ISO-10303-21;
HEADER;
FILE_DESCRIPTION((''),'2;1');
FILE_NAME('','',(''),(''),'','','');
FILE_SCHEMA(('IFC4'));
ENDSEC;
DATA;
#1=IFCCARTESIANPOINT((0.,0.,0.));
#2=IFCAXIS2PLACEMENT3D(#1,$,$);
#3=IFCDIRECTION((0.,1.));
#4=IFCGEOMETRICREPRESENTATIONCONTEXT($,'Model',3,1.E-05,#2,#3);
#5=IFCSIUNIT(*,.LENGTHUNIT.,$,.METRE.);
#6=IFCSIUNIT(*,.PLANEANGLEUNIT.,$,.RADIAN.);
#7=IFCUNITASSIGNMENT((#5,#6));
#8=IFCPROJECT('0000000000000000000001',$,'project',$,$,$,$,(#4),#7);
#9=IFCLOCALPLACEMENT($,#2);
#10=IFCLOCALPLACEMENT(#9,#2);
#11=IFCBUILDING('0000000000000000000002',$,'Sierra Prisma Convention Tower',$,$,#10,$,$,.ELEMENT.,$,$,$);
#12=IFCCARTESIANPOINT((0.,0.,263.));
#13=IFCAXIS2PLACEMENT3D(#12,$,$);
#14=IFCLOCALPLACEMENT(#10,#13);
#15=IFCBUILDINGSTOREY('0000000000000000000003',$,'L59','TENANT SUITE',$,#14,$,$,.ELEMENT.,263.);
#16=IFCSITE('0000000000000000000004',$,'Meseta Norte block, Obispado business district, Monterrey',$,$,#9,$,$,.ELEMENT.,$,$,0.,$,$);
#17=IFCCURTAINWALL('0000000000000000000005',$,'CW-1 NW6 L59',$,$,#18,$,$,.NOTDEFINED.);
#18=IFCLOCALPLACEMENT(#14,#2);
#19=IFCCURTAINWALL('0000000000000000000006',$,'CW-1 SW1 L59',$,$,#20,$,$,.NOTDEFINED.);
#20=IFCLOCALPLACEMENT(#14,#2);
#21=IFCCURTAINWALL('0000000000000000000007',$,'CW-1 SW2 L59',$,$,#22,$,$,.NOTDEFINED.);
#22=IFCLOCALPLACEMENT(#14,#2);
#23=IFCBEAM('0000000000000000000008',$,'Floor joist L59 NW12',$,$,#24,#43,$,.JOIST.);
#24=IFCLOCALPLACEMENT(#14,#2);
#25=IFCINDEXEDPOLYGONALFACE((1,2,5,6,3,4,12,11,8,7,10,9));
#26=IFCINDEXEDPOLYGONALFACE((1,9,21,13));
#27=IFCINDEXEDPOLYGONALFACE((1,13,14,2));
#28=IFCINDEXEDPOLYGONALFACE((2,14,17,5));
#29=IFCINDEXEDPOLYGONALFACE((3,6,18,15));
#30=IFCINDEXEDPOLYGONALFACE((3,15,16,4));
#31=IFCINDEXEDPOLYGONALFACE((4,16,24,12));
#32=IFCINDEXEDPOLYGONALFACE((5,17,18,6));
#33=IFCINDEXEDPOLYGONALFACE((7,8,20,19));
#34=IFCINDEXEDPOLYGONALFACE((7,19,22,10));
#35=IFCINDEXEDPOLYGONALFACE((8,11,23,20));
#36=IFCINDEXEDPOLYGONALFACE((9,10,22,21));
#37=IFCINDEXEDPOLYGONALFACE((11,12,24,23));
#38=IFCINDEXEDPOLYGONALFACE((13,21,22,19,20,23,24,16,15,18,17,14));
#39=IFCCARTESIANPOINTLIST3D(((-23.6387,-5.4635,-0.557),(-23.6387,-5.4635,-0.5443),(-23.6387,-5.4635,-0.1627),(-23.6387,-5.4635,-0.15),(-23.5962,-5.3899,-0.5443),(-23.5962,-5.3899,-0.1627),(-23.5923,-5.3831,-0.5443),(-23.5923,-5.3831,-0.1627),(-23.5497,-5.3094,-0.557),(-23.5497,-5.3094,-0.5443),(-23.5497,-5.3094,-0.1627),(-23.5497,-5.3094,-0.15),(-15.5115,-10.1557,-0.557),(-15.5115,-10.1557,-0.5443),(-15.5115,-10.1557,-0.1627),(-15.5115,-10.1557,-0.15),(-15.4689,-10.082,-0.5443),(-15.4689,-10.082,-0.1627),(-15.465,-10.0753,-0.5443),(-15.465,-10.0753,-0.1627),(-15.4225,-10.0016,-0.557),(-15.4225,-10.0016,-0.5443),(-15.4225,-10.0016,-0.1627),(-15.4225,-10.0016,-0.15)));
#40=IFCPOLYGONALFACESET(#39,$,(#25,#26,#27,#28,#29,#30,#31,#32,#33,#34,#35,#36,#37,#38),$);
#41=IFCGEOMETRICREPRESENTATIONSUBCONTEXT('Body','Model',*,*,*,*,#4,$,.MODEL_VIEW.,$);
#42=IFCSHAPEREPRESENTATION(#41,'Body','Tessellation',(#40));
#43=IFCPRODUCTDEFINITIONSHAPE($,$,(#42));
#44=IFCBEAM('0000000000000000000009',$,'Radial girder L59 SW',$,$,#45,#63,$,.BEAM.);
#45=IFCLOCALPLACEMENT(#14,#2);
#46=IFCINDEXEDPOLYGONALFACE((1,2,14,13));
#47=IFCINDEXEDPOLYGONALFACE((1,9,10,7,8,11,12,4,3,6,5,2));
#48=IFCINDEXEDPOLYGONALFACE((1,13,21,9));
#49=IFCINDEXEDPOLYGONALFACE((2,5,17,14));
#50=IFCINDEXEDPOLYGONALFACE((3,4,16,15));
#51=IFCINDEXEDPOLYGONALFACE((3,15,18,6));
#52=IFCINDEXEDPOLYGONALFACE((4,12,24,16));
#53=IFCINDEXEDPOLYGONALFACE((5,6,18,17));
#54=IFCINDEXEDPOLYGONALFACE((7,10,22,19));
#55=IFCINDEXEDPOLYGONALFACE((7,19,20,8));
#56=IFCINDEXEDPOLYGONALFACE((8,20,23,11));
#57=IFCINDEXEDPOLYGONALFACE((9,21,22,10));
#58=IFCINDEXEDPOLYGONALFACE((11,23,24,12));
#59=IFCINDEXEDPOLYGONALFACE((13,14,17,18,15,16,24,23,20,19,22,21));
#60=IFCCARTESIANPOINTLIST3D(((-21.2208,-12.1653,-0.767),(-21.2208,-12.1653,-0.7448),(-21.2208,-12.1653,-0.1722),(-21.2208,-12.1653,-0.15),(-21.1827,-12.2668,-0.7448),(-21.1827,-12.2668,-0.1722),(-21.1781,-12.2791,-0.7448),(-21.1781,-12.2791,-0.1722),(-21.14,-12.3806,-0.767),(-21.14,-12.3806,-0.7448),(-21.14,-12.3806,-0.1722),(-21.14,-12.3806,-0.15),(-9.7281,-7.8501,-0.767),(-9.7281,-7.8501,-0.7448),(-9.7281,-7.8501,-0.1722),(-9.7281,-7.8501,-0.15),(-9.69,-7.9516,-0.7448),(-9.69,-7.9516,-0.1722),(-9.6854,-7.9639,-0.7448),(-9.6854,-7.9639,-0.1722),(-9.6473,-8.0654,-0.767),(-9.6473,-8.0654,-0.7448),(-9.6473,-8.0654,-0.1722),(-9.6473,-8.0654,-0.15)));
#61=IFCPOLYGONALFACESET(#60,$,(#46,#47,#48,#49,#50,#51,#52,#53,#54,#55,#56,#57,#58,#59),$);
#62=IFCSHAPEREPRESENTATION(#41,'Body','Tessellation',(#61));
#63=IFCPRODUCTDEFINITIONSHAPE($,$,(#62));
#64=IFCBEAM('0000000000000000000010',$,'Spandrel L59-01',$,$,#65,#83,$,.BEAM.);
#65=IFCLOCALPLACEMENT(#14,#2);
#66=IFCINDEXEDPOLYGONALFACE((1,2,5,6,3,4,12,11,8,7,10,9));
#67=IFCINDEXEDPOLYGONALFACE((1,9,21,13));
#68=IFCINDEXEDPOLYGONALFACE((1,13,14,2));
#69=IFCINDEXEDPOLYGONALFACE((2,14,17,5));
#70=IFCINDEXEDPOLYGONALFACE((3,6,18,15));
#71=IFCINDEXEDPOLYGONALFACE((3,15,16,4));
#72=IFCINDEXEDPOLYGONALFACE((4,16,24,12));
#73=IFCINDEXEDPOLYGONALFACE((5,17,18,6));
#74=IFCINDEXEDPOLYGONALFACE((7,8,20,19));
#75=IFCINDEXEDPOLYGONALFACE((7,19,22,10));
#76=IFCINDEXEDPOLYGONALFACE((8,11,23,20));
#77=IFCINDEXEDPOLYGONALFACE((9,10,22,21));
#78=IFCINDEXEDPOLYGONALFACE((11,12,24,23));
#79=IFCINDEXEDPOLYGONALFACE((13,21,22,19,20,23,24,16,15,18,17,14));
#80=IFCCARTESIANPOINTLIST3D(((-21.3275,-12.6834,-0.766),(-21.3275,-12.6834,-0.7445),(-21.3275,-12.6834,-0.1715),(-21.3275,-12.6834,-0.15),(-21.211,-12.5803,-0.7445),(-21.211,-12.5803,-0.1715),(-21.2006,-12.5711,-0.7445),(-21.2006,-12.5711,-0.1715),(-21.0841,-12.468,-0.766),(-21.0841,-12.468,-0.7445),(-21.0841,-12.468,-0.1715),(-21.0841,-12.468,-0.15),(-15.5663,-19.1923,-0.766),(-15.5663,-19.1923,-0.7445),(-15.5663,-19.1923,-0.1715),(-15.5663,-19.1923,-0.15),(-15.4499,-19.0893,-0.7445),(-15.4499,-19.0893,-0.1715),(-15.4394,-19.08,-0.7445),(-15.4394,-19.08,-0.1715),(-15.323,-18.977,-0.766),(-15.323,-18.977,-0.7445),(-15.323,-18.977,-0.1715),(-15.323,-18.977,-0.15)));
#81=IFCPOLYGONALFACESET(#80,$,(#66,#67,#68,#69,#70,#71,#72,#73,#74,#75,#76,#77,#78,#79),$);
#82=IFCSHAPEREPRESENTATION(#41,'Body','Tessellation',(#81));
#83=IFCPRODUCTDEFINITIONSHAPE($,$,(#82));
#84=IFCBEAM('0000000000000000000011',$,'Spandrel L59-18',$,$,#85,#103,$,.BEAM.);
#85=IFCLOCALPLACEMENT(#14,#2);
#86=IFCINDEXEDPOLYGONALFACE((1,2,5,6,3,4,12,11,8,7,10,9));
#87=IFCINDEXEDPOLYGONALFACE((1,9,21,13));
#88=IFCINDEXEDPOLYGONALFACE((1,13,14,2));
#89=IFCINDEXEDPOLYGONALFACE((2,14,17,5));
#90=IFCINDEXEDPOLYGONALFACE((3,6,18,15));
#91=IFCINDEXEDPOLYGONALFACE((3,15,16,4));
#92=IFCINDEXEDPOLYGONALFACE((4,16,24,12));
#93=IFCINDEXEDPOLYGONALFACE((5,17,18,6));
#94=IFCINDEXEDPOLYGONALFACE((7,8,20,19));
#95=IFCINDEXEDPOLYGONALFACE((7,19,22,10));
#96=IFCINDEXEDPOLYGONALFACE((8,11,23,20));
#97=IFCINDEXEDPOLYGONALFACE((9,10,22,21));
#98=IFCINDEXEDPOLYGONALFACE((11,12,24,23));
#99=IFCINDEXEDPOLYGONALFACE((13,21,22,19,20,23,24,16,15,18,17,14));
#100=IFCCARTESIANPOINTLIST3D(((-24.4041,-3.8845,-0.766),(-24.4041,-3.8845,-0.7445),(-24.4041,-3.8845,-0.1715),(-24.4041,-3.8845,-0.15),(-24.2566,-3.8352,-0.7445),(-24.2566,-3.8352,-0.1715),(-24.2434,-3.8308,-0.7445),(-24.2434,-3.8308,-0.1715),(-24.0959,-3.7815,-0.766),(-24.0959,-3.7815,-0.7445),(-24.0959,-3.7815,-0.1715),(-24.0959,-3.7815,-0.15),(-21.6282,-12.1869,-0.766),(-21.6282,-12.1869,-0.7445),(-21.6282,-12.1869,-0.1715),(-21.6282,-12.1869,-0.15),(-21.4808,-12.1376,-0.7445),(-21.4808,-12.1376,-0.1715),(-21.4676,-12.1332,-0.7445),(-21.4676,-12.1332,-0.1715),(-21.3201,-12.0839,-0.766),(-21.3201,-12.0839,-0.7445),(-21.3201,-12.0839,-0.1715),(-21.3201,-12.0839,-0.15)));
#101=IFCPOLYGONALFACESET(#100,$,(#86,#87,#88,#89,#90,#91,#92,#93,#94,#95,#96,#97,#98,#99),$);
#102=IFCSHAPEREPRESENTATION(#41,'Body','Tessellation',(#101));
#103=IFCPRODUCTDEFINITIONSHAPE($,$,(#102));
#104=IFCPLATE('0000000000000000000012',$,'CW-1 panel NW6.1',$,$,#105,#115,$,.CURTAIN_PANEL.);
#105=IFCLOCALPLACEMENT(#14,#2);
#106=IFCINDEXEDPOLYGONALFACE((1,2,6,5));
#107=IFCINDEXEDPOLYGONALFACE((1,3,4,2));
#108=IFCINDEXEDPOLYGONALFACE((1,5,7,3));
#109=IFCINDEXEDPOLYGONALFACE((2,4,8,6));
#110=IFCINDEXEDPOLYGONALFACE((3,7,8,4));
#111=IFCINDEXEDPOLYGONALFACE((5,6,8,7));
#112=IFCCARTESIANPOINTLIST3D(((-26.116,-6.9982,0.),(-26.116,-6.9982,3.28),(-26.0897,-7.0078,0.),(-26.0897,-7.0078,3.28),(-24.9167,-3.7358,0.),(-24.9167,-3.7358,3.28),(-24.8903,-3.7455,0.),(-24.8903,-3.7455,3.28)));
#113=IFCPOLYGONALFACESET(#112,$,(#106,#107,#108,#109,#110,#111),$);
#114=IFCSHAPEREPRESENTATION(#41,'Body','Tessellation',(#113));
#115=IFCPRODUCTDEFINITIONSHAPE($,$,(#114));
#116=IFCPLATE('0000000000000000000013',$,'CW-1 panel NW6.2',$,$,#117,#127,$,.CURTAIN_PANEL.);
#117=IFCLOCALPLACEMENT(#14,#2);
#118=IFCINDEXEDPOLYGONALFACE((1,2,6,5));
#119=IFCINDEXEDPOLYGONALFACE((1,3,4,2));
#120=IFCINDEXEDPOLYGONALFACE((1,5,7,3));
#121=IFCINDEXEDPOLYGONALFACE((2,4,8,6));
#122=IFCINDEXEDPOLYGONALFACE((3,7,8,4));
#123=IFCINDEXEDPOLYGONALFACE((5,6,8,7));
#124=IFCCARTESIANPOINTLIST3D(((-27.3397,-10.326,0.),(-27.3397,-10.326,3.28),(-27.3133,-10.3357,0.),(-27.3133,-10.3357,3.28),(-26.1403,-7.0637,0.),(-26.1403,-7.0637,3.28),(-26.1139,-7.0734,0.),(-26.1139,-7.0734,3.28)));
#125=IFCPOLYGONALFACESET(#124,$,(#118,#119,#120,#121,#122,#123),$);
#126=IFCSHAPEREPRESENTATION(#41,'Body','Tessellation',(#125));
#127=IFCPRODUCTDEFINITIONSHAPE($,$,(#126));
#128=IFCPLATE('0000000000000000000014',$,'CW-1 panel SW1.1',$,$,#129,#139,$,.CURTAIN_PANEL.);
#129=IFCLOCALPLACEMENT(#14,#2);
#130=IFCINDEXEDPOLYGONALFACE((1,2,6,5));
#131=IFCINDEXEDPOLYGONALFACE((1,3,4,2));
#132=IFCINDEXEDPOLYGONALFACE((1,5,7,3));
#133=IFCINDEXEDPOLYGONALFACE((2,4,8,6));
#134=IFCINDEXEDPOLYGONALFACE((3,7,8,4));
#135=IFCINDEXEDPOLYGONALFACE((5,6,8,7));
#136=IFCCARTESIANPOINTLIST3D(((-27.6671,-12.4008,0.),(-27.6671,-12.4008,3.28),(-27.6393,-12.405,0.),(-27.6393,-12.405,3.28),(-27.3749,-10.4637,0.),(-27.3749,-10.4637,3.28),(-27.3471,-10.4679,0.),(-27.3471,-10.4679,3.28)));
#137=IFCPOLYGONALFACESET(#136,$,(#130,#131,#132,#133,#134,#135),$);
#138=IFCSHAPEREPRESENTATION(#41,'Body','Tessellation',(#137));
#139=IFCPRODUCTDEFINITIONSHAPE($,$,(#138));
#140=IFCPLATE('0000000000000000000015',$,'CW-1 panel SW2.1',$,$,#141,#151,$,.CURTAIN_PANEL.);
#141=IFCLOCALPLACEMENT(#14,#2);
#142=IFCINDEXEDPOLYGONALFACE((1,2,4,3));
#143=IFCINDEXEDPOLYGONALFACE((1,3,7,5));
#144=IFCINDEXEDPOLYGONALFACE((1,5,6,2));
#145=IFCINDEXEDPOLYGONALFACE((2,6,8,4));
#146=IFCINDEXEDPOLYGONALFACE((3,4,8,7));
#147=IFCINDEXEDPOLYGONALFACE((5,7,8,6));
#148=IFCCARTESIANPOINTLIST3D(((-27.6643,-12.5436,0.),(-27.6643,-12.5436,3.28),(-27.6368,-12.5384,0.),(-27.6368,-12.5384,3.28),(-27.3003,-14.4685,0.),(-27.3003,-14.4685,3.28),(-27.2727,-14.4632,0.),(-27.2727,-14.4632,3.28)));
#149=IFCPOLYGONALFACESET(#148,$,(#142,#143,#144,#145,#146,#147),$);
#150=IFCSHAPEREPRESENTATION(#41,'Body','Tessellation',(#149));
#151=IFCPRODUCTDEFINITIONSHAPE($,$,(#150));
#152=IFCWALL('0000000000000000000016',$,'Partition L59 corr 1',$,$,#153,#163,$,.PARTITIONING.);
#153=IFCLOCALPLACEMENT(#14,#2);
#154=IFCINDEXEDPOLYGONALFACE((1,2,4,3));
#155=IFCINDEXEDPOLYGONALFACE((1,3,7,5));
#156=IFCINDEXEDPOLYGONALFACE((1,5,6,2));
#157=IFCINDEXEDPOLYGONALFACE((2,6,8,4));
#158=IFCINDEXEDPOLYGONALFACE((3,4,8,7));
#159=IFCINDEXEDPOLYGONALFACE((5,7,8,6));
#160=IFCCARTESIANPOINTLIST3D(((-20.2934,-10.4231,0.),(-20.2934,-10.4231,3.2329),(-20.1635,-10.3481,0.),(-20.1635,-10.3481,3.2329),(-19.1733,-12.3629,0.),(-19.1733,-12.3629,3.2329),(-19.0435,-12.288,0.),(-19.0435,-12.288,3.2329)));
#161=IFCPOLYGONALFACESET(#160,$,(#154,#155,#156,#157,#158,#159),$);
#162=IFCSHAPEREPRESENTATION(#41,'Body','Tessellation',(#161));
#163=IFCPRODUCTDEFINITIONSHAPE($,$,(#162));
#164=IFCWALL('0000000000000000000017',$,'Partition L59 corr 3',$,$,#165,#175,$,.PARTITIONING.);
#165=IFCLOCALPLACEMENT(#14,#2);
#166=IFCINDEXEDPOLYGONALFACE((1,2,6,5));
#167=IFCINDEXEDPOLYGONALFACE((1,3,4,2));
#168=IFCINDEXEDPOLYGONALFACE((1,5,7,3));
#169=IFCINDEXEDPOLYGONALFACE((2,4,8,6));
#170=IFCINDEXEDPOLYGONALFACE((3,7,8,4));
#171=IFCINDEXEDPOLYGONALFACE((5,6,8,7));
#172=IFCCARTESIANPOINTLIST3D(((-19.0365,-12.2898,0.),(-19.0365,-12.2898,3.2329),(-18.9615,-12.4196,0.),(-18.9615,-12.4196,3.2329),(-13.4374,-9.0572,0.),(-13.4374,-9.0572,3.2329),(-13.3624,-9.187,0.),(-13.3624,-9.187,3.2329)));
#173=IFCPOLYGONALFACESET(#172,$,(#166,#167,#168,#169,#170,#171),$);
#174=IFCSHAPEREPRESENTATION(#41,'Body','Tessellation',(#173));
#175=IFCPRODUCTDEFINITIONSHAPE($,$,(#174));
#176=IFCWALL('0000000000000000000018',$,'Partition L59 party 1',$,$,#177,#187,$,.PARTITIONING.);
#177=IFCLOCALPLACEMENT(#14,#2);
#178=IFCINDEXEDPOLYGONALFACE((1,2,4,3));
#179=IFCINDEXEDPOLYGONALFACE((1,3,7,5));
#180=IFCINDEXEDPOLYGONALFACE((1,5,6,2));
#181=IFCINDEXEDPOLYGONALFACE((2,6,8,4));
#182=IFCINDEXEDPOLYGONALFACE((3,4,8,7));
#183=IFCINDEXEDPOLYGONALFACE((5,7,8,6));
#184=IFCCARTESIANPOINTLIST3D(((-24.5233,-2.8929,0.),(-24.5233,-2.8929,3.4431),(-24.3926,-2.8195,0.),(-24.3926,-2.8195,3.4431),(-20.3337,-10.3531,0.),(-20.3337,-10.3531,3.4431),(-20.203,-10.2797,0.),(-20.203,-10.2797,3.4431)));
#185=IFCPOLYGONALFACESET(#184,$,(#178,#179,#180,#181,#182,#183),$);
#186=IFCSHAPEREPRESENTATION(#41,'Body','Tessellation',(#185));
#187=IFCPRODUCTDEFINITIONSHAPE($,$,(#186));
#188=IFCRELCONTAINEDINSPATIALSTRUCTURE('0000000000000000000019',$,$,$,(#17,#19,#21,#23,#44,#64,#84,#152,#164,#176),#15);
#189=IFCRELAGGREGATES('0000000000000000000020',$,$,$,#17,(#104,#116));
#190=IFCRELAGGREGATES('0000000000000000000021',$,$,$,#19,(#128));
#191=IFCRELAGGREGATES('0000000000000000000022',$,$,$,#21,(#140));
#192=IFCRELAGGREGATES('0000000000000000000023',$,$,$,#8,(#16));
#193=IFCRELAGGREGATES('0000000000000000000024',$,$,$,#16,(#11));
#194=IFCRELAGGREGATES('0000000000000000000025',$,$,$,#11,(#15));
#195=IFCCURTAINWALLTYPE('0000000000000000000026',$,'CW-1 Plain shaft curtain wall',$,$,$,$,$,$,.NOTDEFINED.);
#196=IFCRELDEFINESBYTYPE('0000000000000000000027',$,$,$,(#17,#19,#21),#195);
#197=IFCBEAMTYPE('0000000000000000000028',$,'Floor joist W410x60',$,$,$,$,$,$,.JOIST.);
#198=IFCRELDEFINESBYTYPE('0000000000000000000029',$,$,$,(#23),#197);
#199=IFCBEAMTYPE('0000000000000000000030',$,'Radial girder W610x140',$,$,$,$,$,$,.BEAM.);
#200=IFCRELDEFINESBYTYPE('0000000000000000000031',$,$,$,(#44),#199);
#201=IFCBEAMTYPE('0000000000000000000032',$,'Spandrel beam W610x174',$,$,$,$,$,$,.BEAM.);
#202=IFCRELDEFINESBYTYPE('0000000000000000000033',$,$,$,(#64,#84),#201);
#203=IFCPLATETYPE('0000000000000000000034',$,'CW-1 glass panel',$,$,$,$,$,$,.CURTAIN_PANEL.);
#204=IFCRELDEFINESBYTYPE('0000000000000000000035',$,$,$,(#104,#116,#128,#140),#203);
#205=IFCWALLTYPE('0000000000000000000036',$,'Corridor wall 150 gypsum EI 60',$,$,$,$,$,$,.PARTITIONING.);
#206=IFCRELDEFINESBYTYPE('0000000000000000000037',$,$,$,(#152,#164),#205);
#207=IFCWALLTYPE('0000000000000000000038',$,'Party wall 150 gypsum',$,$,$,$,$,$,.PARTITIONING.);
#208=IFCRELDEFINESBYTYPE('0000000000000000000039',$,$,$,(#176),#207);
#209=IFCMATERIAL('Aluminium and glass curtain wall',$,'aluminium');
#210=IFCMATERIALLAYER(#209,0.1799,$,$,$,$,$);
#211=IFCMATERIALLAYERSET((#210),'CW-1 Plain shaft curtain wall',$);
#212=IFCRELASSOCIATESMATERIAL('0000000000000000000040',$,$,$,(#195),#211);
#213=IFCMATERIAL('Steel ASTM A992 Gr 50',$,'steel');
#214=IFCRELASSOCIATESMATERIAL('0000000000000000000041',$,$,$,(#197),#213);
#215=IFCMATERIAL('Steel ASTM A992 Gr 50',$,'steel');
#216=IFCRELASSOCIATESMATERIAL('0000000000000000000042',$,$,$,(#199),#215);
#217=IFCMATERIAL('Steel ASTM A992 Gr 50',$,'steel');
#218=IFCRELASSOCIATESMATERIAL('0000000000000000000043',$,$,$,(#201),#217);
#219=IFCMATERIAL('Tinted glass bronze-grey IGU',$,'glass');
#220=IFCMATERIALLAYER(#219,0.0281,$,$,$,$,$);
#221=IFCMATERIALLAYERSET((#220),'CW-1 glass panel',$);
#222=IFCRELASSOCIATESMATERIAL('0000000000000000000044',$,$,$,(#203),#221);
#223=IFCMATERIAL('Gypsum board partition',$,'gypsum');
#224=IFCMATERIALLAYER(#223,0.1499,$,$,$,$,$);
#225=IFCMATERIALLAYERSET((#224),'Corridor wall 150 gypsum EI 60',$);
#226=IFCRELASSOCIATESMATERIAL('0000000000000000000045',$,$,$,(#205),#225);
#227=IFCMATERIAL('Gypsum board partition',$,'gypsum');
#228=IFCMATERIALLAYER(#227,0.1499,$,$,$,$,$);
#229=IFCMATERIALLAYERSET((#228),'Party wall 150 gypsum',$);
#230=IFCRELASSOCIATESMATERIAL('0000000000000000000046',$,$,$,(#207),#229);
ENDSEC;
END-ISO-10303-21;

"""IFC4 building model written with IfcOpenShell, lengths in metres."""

from ifc_helpers import new_model, si_unit, direction, frame, frame_2d, origin, origin_2d, place, context, subcontext, project, spatial, rectangle, i_section, extrude, material, layer, layer_set, material_profile, profile_set, type_object, element, aggregate, save


model = new_model("IFC4")

# Units and contexts
model_context = context("Model", 3, precision=1e-05, world=origin(), true_north=direction((0.0, 1.0)))
body_context = subcontext(model_context, "Body", "Model", "MODEL_VIEW")
ifc_project = project(units=[si_unit("LENGTHUNIT", "METRE"), si_unit("PLANEANGLEUNIT", "RADIAN")], contexts=[model_context])

# Site, building, storey
site_placement = place(None, origin())
site = spatial("IfcSite", under=ifc_project, at=site_placement, Name="Meseta Norte block, Obispado business district, Monterrey", CompositionType="ELEMENT", RefElevation=0.0)
building_placement = place(site_placement, origin())
building = spatial("IfcBuilding", under=site, at=building_placement, Name="Sierra Prisma Convention Tower", CompositionType="ELEMENT")
storey_placement = place(building_placement, frame((0.0, 0.0, 263.0)))
storey = spatial("IfcBuildingStorey", under=building, at=storey_placement, Name="L59", Description="TENANT SUITE", CompositionType="ELEMENT", Elevation=263.0)

# Curtain walls
ifc_material_1 = material(Name="Aluminium and glass curtain wall", Category="aluminium")
ifc_layer_1 = layer(ifc_material_1, 0.1799)
ifc_layer_set_1 = layer_set([ifc_layer_1], Name="CW-1 Plain shaft curtain wall")
curtain_wall_type = type_object("IfcCurtainWallType", Name="CW-1 Plain shaft curtain wall", PredefinedType="NOTDEFINED", material=ifc_layer_set_1)
curtain_wall_1_placement = place(storey_placement, origin())
curtain_wall_1 = element("IfcCurtainWall", 1, at=curtain_wall_1_placement, inside=storey, type_object=curtain_wall_type, Name="CW-1 NW6 L59", PredefinedType="NOTDEFINED")
curtain_wall_2_placement = place(storey_placement, origin())
curtain_wall_2 = element("IfcCurtainWall", 2, at=curtain_wall_2_placement, inside=storey, type_object=curtain_wall_type, Name="CW-1 SW1 L59", PredefinedType="NOTDEFINED")
curtain_wall_3_placement = place(storey_placement, origin())
curtain_wall_3 = element("IfcCurtainWall", 3, at=curtain_wall_3_placement, inside=storey, type_object=curtain_wall_type, Name="CW-1 SW2 L59", PredefinedType="NOTDEFINED")

# Beams
ifc_material_2 = material(Name="Steel ASTM A992 Gr 50", Category="steel")
ifc_material_profile_1 = material_profile(ifc_material_2, i_section(OverallWidth=0.178, OverallDepth=0.407, WebThickness=0.0078, FlangeThickness=0.0127, at=origin_2d()), Name="W410x60")
ifc_profile_set_1 = profile_set([ifc_material_profile_1], Name="Steel ASTM A992 Gr 50")
beam_type_1 = type_object("IfcBeamType", Name="Floor joist W410x60", PredefinedType="JOIST", material=ifc_profile_set_1)
beam_1_placement = place(storey_placement, frame((-23.5942, -5.3865, -0.3535), z_axis=(0.86603, -0.499992, 0.0), x_axis=(0.499992, 0.86603, 0.0)))
element("IfcBeam", 4, at=beam_1_placement, inside=storey, type_object=beam_type_1, Name="Floor joist L59 NW12", PredefinedType="JOIST", context=body_context, shape_type="SweptSolid", body=[
    extrude(i_section(OverallWidth=0.178, OverallDepth=0.407, WebThickness=0.0078, FlangeThickness=0.0127, at=origin_2d()), origin(), (0.0, 0.0, 1.0), 9.3845),
])
ifc_material_3 = material(Name="Steel ASTM A992 Gr 50", Category="steel")
ifc_material_profile_2 = material_profile(ifc_material_3, i_section(OverallWidth=0.23, OverallDepth=0.6169, WebThickness=0.0132, FlangeThickness=0.0222, at=origin_2d()), Name="W610x140")
ifc_profile_set_2 = profile_set([ifc_material_profile_2], Name="Steel ASTM A992 Gr 50")
beam_type_2 = type_object("IfcBeamType", Name="Radial girder W610x140", PredefinedType="BEAM", material=ifc_profile_set_2)
beam_2_placement = place(storey_placement, frame((-21.1804, -12.2729, -0.4585), z_axis=(0.936184, 0.351511, 0.0), x_axis=(-0.351511, 0.936184, 0.0)))
element("IfcBeam", 5, at=beam_2_placement, inside=storey, type_object=beam_type_2, Name="Radial girder L59 SW", PredefinedType="BEAM", context=body_context, shape_type="SweptSolid", body=[
    extrude(i_section(OverallWidth=0.23, OverallDepth=0.6169, WebThickness=0.0132, FlangeThickness=0.0222, at=origin_2d()), origin(), (0.0, 0.0, 1.0), 12.2761),
])
ifc_material_4 = material(Name="Steel ASTM A992 Gr 50", Category="steel")
ifc_material_profile_3 = material_profile(ifc_material_4, i_section(OverallWidth=0.325, OverallDepth=0.616, WebThickness=0.0139, FlangeThickness=0.0215, at=origin_2d()), Name="W610x174")
ifc_profile_set_3 = profile_set([ifc_material_profile_3], Name="Steel ASTM A992 Gr 50")
beam_type_3 = type_object("IfcBeamType", Name="Spandrel beam W610x174", PredefinedType="BEAM", material=ifc_profile_set_3)
beam_3_placement = place(storey_placement, frame((-21.2058, -12.5757, -0.458), z_axis=(0.662783, -0.748812, 0.0), x_axis=(0.748812, 0.662783, 0.0)))
element("IfcBeam", 6, at=beam_3_placement, inside=storey, type_object=beam_type_3, Name="Spandrel L59-01", PredefinedType="BEAM", context=body_context, shape_type="SweptSolid", body=[
    extrude(i_section(OverallWidth=0.325, OverallDepth=0.616, WebThickness=0.0139, FlangeThickness=0.0215, at=origin_2d()), origin(), (0.0, 0.0, 1.0), 8.6924),
])
beam_4_placement = place(storey_placement, frame((-24.25, -3.833, -0.458), z_axis=(0.317089, -0.948396, 0.0), x_axis=(0.948396, 0.317089, 0.0)))
element("IfcBeam", 7, at=beam_4_placement, inside=storey, type_object=beam_type_3, Name="Spandrel L59-18", PredefinedType="BEAM", context=body_context, shape_type="SweptSolid", body=[
    extrude(i_section(OverallWidth=0.325, OverallDepth=0.616, WebThickness=0.0139, FlangeThickness=0.0215, at=origin_2d()), origin(), (0.0, 0.0, 1.0), 8.7542),
])

# Plates
ifc_material_5 = material(Name="Tinted glass bronze-grey IGU", Category="glass")
ifc_layer_2 = layer(ifc_material_5, 0.0281)
ifc_layer_set_2 = layer_set([ifc_layer_2], Name="CW-1 glass panel")
plate_type = type_object("IfcPlateType", Name="CW-1 glass panel", PredefinedType="CURTAIN_PANEL", material=ifc_layer_set_2)
plate_1_placement = place(storey_placement, frame((-25.5032, -5.3718, 0.0), z_axis=(0.0, 0.0, 1.0), x_axis=(-0.345059, -0.938581, 0.0)))
plate_1 = element("IfcPlate", 8, at=plate_1_placement, type_object=plate_type, Name="CW-1 panel NW6.1", PredefinedType="CURTAIN_PANEL", context=body_context, shape_type="SweptSolid", body=[
    extrude(rectangle(XDim=3.4758, YDim=0.0281, at=origin_2d()), origin(), (0.0, 0.0, 1.0), 3.28),
])
plate_2_placement = place(storey_placement, frame((-26.7268, -8.6997, 0.0), z_axis=(0.0, 0.0, 1.0), x_axis=(-0.345059, -0.938581, 0.0)))
plate_2 = element("IfcPlate", 9, at=plate_2_placement, type_object=plate_type, Name="CW-1 panel NW6.2", PredefinedType="CURTAIN_PANEL", context=body_context, shape_type="SweptSolid", body=[
    extrude(rectangle(XDim=3.4758, YDim=0.0281, at=origin_2d()), origin(), (0.0, 0.0, 1.0), 3.28),
])
aggregate(curtain_wall_1, [plate_1, plate_2])
plate_3_placement = place(storey_placement, frame((-27.5071, -11.4343, 0.0), z_axis=(0.0, 0.0, 1.0), x_axis=(-0.149155, -0.988814, 0.0)))
plate_3 = element("IfcPlate", 10, at=plate_3_placement, type_object=plate_type, Name="CW-1 panel SW1.1", PredefinedType="CURTAIN_PANEL", context=body_context, shape_type="SweptSolid", body=[
    extrude(rectangle(XDim=1.959, YDim=0.0281, at=origin_2d()), origin(), (0.0, 0.0, 1.0), 3.28),
])
aggregate(curtain_wall_2, [plate_3])
plate_4_placement = place(storey_placement, frame((-27.4685, -13.5034, 0.0), z_axis=(0.0, 0.0, 1.0), x_axis=(0.185856, -0.982577, 0.0)))
plate_4 = element("IfcPlate", 11, at=plate_4_placement, type_object=plate_type, Name="CW-1 panel SW2.1", PredefinedType="CURTAIN_PANEL", context=body_context, shape_type="SweptSolid", body=[
    extrude(rectangle(XDim=1.959, YDim=0.0281, at=origin_2d()), origin(), (0.0, 0.0, 1.0), 3.28),
])
aggregate(curtain_wall_3, [plate_4])

# Walls
ifc_material_6 = material(Name="Gypsum board partition", Category="gypsum")
ifc_layer_3 = layer(ifc_material_6, 0.1499)
ifc_layer_set_3 = layer_set([ifc_layer_3], Name="Corridor wall 150 gypsum EI 60")
wall_type_1 = type_object("IfcWallType", Name="Corridor wall 150 gypsum EI 60", PredefinedType="PARTITIONING", material=ifc_layer_set_3)
wall_1_placement = place(storey_placement, frame((-20.2285, -10.3855, 0.0), z_axis=(0.0, 0.0, 1.0), x_axis=(0.500031, -0.866008, 0.0)))
element("IfcWall", 12, at=wall_1_placement, inside=storey, type_object=wall_type_1, Name="Partition L59 corr 1", PredefinedType="PARTITIONING", context=body_context, shape_type="SweptSolid", body=[
    extrude(rectangle(XDim=2.24, YDim=0.1499, at=frame_2d((1.1201, 0.0))), origin(), (0.0, 0.0, 1.0), 3.2329),
])
wall_2_placement = place(storey_placement, frame((-18.999, -12.3547, 0.0), z_axis=(0.0, 0.0, 1.0), x_axis=(0.866025, 0.500001, 0.0)))
element("IfcWall", 13, at=wall_2_placement, inside=storey, type_object=wall_type_1, Name="Partition L59 corr 3", PredefinedType="PARTITIONING", context=body_context, shape_type="SweptSolid", body=[
    extrude(rectangle(XDim=6.4653, YDim=0.1499, at=frame_2d((3.2327, 0.0))), origin(), (0.0, 0.0, 1.0), 3.2329),
])
ifc_material_7 = material(Name="Gypsum board partition", Category="gypsum")
ifc_layer_4 = layer(ifc_material_7, 0.1499)
ifc_layer_set_4 = layer_set([ifc_layer_4], Name="Party wall 150 gypsum")
wall_type_2 = type_object("IfcWallType", Name="Party wall 150 gypsum", PredefinedType="PARTITIONING", material=ifc_layer_set_4)
wall_3_placement = place(storey_placement, frame((-20.2683, -10.3164, 0.0), z_axis=(0.0, 0.0, 1.0), x_axis=(-0.489669, 0.871908, 0.0)))
element("IfcWall", 14, at=wall_3_placement, inside=storey, type_object=wall_type_2, Name="Partition L59 party 1", PredefinedType="PARTITIONING", context=body_context, shape_type="SweptSolid", body=[
    extrude(rectangle(XDim=8.5562, YDim=0.1499, at=frame_2d((4.2781, 0.0))), origin(), (0.0, 0.0, 1.0), 3.4431),
])

save(model, "model.ifc")
